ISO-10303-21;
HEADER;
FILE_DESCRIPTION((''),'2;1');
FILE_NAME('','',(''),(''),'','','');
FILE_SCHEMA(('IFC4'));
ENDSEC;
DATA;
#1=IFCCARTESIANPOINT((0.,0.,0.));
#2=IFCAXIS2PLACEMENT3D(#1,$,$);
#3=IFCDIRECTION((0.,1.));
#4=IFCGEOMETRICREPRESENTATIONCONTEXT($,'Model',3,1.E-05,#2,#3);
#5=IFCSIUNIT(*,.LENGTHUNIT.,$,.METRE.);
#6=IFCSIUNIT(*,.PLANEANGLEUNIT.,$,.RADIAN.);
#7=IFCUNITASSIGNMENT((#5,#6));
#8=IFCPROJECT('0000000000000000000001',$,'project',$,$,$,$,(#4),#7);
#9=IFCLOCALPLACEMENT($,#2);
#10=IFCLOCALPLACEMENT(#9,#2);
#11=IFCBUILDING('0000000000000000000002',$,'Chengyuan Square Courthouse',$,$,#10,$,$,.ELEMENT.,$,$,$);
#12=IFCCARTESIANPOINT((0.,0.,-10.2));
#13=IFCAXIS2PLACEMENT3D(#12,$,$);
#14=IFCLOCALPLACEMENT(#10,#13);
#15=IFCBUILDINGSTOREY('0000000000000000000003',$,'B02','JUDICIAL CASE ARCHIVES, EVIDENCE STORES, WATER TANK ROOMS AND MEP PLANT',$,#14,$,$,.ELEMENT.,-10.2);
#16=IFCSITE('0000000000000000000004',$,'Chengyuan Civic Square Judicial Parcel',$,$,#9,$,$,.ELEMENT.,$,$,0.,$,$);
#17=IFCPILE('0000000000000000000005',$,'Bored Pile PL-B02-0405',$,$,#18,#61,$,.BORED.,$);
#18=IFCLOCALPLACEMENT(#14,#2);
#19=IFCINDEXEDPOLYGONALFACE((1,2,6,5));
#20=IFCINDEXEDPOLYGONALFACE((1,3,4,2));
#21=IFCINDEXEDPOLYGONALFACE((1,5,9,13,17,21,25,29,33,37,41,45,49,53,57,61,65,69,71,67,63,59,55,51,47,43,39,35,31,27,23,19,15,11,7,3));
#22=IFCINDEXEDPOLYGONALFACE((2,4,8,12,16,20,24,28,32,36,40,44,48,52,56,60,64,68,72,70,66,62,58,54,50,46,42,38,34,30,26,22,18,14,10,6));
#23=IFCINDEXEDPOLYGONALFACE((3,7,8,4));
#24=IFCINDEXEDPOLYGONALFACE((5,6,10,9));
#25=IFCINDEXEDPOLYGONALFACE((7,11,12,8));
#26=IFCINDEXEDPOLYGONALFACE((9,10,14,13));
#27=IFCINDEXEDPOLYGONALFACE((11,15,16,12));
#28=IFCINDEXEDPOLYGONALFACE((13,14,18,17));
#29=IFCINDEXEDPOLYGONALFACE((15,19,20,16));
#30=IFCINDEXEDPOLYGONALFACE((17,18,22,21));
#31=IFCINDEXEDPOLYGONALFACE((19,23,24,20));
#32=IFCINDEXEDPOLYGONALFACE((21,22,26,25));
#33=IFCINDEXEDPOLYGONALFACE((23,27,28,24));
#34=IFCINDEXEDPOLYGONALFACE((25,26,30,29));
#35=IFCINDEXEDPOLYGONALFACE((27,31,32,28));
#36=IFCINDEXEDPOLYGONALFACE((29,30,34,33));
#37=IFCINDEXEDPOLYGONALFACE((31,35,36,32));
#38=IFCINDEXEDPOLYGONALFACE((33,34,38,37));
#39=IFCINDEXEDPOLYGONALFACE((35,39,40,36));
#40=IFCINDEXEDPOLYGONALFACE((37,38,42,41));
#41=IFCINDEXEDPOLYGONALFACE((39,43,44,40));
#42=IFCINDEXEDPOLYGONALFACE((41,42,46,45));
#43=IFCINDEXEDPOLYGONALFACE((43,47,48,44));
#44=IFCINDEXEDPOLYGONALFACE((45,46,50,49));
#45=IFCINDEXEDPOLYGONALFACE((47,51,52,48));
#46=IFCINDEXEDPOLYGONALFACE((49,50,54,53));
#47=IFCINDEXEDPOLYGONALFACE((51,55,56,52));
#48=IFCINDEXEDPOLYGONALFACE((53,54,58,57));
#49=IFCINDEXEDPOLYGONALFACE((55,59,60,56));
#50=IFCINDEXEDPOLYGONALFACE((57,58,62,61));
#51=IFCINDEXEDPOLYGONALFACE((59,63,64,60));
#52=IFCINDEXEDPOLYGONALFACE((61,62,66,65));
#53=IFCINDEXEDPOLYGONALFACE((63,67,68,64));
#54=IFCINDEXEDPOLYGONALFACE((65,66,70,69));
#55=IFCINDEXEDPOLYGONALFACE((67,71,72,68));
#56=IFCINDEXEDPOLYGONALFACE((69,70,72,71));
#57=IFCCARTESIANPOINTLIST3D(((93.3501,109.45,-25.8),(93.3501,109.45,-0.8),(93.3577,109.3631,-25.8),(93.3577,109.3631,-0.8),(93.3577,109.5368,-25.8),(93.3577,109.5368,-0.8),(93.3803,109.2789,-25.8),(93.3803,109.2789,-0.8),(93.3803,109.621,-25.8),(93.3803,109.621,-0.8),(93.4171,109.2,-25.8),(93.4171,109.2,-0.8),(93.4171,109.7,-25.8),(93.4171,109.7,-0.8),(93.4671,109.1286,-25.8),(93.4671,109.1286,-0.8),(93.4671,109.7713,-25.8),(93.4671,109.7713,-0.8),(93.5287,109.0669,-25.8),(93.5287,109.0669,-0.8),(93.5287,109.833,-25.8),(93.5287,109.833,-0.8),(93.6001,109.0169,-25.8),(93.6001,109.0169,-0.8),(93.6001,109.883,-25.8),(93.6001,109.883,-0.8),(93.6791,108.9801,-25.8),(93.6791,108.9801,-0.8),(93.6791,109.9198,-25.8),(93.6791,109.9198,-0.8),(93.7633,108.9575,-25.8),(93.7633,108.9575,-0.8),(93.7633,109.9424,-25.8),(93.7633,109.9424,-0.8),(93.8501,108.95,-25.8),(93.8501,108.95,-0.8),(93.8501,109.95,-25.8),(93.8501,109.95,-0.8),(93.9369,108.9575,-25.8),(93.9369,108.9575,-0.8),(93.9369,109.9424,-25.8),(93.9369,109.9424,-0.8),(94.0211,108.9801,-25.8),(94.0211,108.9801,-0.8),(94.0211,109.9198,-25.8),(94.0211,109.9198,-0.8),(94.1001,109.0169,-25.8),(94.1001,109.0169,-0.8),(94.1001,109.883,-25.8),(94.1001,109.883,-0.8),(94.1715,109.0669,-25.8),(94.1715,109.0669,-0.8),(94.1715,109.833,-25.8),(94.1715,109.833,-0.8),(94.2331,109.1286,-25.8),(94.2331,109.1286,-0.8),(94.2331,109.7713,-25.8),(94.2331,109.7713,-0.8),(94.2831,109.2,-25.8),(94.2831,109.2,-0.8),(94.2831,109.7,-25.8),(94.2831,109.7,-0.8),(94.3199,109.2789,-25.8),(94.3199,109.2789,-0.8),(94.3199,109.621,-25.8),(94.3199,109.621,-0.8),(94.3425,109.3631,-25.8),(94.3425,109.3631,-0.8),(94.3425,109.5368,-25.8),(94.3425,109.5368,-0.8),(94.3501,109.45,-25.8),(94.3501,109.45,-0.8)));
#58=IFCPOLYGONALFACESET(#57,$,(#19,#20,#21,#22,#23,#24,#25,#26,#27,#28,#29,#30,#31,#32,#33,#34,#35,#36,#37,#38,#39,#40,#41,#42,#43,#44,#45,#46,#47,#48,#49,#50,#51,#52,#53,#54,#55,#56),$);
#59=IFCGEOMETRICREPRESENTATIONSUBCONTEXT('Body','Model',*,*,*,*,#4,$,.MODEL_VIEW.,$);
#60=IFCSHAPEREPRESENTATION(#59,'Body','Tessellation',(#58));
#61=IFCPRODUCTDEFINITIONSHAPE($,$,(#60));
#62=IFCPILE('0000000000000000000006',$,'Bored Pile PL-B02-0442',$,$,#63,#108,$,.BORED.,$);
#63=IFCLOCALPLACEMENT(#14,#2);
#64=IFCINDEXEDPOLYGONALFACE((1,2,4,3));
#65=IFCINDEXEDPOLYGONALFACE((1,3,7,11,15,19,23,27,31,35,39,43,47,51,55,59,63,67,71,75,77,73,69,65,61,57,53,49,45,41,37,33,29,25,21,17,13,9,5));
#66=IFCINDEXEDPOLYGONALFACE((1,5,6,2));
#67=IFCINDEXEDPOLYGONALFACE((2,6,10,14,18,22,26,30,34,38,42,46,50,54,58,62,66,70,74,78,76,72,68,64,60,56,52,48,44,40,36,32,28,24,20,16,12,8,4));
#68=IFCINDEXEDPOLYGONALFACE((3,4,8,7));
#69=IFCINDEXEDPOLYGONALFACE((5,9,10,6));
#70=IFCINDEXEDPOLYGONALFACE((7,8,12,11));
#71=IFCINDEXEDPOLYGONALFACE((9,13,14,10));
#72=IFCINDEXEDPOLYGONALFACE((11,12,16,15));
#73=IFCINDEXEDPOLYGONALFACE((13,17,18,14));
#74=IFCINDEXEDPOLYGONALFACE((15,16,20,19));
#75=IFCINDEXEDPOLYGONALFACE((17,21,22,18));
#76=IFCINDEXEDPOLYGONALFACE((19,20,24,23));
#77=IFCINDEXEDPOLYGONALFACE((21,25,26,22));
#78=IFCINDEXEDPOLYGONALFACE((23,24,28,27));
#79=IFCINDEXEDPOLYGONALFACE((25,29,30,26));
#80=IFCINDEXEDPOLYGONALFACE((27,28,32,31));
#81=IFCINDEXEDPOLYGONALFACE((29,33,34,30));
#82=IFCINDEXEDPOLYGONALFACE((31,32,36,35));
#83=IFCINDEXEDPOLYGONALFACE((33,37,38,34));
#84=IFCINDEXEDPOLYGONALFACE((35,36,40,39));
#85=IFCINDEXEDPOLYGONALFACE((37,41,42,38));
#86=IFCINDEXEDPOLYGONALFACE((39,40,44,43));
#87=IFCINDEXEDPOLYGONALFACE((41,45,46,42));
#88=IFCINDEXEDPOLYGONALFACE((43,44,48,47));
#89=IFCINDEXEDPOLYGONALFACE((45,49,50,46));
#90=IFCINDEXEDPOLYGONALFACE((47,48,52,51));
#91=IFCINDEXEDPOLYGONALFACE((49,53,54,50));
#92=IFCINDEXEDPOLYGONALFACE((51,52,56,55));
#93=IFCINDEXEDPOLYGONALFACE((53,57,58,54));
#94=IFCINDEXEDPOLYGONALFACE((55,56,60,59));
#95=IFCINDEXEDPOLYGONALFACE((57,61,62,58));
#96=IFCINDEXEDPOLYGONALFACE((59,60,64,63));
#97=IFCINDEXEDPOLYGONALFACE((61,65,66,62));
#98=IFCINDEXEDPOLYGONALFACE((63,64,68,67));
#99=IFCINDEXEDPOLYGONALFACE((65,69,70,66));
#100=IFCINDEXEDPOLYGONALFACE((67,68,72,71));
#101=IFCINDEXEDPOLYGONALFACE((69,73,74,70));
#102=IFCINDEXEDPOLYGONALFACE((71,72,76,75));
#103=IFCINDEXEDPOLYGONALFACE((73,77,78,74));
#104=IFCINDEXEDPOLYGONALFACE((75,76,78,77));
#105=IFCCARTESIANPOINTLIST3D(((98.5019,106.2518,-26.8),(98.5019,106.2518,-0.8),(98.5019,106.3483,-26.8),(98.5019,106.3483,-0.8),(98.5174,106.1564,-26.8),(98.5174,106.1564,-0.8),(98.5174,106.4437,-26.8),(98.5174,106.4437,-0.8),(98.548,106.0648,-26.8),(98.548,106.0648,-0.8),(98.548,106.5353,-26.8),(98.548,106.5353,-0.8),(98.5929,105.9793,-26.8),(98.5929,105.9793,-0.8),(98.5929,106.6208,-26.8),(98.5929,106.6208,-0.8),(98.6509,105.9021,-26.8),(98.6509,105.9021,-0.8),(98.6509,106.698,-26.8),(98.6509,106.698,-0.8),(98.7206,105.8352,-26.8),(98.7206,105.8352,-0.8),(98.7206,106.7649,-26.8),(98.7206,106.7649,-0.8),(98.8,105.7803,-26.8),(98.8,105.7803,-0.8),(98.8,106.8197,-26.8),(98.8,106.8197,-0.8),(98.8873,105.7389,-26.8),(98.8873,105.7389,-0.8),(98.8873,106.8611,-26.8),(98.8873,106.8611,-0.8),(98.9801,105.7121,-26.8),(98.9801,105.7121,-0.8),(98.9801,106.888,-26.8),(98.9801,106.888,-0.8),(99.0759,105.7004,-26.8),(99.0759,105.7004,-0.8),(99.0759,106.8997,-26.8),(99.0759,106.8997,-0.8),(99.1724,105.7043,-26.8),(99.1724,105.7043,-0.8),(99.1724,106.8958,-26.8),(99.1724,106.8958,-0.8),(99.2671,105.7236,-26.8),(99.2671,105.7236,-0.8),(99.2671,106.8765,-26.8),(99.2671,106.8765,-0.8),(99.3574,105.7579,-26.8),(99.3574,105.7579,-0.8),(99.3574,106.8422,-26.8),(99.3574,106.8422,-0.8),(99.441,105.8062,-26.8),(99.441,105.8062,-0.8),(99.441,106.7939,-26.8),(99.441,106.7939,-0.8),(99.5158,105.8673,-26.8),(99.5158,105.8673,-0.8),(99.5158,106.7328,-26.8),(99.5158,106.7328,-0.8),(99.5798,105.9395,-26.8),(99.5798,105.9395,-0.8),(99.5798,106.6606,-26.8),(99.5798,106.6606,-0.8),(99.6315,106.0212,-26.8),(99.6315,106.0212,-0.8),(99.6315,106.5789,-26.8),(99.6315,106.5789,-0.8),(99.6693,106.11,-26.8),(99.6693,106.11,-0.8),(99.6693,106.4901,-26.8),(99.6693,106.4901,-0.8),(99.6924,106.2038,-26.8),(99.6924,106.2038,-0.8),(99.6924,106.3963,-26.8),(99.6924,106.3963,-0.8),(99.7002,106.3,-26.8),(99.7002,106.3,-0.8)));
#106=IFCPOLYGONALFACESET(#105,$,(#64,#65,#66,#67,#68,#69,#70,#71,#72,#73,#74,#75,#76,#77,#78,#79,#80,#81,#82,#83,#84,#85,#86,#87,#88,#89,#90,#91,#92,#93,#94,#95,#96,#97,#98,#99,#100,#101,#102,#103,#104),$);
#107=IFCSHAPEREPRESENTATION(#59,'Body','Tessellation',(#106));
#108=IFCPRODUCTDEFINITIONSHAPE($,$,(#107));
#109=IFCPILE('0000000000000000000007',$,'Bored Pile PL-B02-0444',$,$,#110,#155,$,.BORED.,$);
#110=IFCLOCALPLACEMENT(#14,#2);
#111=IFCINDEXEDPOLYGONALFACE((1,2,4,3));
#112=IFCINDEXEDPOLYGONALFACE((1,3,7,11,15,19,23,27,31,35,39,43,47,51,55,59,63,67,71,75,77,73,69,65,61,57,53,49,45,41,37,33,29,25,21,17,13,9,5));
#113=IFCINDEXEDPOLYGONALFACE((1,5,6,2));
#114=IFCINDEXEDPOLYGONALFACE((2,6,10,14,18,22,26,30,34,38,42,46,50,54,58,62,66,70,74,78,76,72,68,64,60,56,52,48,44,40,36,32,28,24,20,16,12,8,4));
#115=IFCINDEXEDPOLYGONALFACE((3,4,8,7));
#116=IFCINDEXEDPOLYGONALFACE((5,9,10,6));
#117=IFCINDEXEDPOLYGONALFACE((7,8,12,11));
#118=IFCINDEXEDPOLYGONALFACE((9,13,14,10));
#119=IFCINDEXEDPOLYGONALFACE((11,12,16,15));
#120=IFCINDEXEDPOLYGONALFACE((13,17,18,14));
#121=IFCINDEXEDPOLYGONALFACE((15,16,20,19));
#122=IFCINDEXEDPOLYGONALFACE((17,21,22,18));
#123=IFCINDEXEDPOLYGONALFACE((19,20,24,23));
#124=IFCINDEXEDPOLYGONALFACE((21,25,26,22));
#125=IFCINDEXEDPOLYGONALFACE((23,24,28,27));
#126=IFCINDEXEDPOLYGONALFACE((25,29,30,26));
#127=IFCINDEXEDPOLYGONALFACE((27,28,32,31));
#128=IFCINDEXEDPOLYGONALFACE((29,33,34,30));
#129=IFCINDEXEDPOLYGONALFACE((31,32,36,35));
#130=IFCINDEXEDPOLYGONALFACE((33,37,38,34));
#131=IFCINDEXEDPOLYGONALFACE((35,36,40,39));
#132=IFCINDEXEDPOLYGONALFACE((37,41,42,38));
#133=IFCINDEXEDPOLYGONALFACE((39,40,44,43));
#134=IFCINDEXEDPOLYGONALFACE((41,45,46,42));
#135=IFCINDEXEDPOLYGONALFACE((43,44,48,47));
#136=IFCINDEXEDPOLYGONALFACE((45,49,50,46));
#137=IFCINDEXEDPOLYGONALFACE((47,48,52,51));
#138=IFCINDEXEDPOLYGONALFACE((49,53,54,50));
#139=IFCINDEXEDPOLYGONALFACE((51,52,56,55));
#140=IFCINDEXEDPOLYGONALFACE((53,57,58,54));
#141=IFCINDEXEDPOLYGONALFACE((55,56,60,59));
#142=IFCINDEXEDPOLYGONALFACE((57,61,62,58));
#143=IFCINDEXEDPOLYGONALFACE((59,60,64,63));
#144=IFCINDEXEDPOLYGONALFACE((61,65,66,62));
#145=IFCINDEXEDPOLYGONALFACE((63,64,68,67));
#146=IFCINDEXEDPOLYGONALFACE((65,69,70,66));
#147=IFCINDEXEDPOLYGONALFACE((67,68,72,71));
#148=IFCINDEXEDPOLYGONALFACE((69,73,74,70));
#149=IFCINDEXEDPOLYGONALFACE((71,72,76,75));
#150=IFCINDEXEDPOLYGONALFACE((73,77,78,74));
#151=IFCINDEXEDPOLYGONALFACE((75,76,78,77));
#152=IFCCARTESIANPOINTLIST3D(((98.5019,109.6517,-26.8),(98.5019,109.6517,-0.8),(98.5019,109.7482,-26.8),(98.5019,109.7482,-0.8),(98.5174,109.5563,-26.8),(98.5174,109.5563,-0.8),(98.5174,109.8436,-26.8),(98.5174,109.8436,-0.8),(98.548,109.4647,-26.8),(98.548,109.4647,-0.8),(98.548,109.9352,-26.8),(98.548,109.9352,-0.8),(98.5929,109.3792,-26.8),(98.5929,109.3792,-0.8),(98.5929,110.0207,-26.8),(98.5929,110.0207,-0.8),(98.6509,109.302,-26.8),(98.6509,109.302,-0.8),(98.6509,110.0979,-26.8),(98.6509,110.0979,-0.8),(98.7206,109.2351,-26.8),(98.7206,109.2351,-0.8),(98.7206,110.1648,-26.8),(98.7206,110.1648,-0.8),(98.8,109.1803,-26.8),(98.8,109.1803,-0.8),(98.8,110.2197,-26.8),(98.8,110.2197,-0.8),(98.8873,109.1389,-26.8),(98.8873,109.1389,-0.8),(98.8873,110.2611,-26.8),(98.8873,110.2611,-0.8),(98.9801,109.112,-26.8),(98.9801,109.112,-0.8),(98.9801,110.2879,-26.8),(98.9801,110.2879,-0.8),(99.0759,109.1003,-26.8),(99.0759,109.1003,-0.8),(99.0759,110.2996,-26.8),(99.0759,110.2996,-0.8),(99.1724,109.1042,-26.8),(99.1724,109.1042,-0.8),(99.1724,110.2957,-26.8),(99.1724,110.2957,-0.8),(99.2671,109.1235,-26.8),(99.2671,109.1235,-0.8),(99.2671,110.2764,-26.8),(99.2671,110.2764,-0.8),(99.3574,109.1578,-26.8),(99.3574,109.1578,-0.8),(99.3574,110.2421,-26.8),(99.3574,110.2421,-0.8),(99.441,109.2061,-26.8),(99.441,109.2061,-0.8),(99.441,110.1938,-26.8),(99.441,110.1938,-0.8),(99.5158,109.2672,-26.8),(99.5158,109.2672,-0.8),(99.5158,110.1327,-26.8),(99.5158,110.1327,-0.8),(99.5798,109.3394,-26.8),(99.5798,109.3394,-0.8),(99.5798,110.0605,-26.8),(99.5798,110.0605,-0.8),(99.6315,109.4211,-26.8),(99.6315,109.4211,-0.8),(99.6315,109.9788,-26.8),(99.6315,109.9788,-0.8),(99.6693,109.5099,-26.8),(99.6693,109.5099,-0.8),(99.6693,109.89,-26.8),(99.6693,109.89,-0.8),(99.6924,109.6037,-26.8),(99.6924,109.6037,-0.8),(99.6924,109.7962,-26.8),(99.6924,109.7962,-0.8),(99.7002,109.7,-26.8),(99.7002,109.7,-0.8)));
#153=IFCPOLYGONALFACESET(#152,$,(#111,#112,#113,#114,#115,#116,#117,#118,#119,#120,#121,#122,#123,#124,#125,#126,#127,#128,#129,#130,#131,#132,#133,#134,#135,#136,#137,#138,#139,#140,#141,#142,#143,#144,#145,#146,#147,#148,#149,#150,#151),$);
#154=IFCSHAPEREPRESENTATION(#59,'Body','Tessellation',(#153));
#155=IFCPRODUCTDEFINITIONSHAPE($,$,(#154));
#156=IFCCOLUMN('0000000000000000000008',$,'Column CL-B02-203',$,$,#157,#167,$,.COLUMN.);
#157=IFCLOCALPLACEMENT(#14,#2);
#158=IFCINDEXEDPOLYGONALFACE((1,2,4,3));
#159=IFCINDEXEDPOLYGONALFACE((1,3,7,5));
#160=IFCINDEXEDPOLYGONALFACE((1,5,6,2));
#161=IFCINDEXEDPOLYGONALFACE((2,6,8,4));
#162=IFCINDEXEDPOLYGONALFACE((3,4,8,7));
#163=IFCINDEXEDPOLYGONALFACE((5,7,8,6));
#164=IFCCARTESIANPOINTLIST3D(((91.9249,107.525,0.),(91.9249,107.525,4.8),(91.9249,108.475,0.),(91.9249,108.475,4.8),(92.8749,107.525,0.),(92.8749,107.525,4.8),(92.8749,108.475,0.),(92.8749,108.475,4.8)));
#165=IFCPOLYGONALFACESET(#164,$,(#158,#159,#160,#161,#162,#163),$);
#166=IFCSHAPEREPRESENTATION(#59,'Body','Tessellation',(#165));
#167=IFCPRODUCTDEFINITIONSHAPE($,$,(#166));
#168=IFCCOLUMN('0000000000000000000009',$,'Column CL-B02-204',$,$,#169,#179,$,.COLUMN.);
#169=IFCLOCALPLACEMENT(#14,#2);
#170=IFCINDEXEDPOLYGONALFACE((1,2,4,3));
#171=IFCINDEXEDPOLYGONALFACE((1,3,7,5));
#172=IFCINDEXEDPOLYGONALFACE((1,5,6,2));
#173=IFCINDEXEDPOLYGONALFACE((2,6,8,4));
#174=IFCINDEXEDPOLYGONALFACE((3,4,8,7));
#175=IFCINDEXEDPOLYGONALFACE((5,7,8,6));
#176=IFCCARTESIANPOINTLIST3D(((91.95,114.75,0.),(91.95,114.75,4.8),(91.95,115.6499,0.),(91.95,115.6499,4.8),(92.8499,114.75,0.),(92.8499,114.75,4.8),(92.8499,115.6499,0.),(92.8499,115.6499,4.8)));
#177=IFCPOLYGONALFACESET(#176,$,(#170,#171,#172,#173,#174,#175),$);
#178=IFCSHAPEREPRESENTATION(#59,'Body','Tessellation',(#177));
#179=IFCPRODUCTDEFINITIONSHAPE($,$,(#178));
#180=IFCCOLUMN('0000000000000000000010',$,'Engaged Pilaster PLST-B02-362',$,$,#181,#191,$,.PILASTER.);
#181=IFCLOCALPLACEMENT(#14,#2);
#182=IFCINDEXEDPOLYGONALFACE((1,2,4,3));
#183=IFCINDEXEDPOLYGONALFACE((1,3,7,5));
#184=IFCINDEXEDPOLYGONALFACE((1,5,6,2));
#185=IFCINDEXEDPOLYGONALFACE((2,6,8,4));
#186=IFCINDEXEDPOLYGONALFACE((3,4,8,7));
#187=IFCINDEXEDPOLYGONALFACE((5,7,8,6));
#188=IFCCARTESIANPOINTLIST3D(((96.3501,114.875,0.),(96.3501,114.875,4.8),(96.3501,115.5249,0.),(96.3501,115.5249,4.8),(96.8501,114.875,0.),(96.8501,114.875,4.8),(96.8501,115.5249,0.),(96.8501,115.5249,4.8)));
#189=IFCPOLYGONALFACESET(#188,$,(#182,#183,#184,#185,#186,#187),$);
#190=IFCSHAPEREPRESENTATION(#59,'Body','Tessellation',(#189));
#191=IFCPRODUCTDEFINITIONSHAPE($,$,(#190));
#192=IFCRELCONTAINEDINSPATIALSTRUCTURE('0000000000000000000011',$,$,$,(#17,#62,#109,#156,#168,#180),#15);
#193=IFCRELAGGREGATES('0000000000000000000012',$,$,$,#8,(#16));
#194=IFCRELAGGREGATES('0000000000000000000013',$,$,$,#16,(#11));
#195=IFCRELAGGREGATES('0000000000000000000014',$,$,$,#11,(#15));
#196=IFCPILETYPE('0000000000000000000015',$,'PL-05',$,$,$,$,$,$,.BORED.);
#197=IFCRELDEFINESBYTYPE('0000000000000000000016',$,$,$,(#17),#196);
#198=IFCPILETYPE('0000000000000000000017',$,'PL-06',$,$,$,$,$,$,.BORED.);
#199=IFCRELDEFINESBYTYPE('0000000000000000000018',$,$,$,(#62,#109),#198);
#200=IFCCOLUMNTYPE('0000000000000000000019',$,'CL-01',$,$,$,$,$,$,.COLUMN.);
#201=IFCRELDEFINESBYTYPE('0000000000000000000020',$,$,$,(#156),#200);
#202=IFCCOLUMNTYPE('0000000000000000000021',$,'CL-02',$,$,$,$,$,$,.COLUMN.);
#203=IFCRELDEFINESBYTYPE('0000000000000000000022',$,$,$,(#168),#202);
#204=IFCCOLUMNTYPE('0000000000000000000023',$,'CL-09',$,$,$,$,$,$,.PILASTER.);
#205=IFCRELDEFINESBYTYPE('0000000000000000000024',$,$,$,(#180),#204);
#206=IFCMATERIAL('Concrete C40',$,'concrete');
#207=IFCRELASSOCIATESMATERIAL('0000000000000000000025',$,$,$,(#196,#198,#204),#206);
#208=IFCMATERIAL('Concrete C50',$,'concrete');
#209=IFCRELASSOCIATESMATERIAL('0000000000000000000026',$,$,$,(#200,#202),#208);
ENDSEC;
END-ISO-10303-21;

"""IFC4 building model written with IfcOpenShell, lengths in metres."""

from ifc_helpers import new_model, si_unit, direction, frame, origin, origin_2d, place, context, subcontext, project, spatial, rectangle, circle, extrude, material, material_profile, profile_set, type_object, element, save


model = new_model("IFC4")

# Units and contexts
model_context = context("Model", 3, precision=1e-05, world=origin(), true_north=direction((0.0, 1.0)))
body_context = subcontext(model_context, "Body", "Model", "MODEL_VIEW")
ifc_project = project(units=[si_unit("LENGTHUNIT", "METRE"), si_unit("PLANEANGLEUNIT", "RADIAN")], contexts=[model_context])

# Site, building, storey
site_placement = place(None, origin())
site = spatial("IfcSite", under=ifc_project, at=site_placement, Name="Chengyuan Civic Square Judicial Parcel", CompositionType="ELEMENT", RefElevation=0.0)
building_placement = place(site_placement, origin())
building = spatial("IfcBuilding", under=site, at=building_placement, Name="Chengyuan Square Courthouse", CompositionType="ELEMENT")
storey_placement = place(building_placement, frame((0.0, 0.0, -10.2)))
storey = spatial("IfcBuildingStorey", under=building, at=storey_placement, Name="B02", Description="JUDICIAL CASE ARCHIVES, EVIDENCE STORES, WATER TANK ROOMS AND MEP PLANT", CompositionType="ELEMENT", Elevation=-10.2)

# Shared definitions
ifc_material_1 = material(Name="Concrete C40", Category="concrete")

# Piles
ifc_material_profile_1 = material_profile(ifc_material_1, circle(Radius=0.5, at=origin_2d()), Name="BORED PILE D1000")
ifc_profile_set_1 = profile_set([ifc_material_profile_1], Name="Concrete C40")
pile_type_1 = type_object("IfcPileType", Name="PL-05", PredefinedType="BORED", material=ifc_profile_set_1)
for number, where, z_axis, x_axis, name in (
    (1, (93.8501, 109.45, -0.8), (0.0, 0.0, -1.0), (1.0, 0.0, 0.0), "Bored Pile PL-B02-0405"),
):
    element("IfcPile", number, at=place(storey_placement, frame(where, z_axis=z_axis, x_axis=x_axis)), inside=storey, type_object=pile_type_1, Name=name, PredefinedType="BORED", context=body_context, shape_type="SweptSolid", body=[
        extrude(circle(Radius=0.5, at=origin_2d()), origin(), (0.0, 0.0, 1.0), 25.0),
    ])
ifc_material_profile_2 = material_profile(ifc_material_1, circle(Radius=0.6001, at=origin_2d()), Name="BORED PILE D1200")
ifc_profile_set_2 = profile_set([ifc_material_profile_2], Name="Concrete C40")
pile_type_2 = type_object("IfcPileType", Name="PL-06", PredefinedType="BORED", material=ifc_profile_set_2)
for number, where, z_axis, x_axis, name in (
    (2, (99.1001, 106.3, -0.8), (0.0, 0.0, -1.0), (1.0, 0.0, 0.0), "Bored Pile PL-B02-0442"),
    (3, (99.1001, 109.7, -0.8), (0.0, 0.0, -1.0), (1.0, 0.0, 0.0), "Bored Pile PL-B02-0444"),
):
    element("IfcPile", number, at=place(storey_placement, frame(where, z_axis=z_axis, x_axis=x_axis)), inside=storey, type_object=pile_type_2, Name=name, PredefinedType="BORED", context=body_context, shape_type="SweptSolid", body=[
        extrude(circle(Radius=0.6001, at=origin_2d()), origin(), (0.0, 0.0, 1.0), 26.0),
    ])

# Columns
ifc_material_2 = material(Name="Concrete C50", Category="concrete")
ifc_material_profile_3 = material_profile(ifc_material_2, rectangle(XDim=0.95, YDim=0.95, at=origin_2d()), Name="RC-COL-950x950")
ifc_profile_set_3 = profile_set([ifc_material_profile_3], Name="Concrete C50")
column_type_1 = type_object("IfcColumnType", Name="CL-01", PredefinedType="COLUMN", material=ifc_profile_set_3)
column_1_placement = place(storey_placement, frame((92.3999, 108.0, 0.0), z_axis=(0.0, 0.0, 1.0), x_axis=(1.0, 0.0, 0.0)))
element("IfcColumn", 4, at=column_1_placement, inside=storey, type_object=column_type_1, Name="Column CL-B02-203", PredefinedType="COLUMN", context=body_context, shape_type="SweptSolid", body=[
    extrude(rectangle(XDim=0.95, YDim=0.95, at=origin_2d()), origin(), (0.0, 0.0, 1.0), 4.8),
])
ifc_material_profile_4 = material_profile(ifc_material_2, rectangle(XDim=0.8999, YDim=0.8999, at=origin_2d()), Name="RC-COL-900x900")
ifc_profile_set_4 = profile_set([ifc_material_profile_4], Name="Concrete C50")
column_type_2 = type_object("IfcColumnType", Name="CL-02", PredefinedType="COLUMN", material=ifc_profile_set_4)
column_2_placement = place(storey_placement, frame((92.3999, 115.2, 0.0), z_axis=(0.0, 0.0, 1.0), x_axis=(1.0, 0.0, 0.0)))
element("IfcColumn", 5, at=column_2_placement, inside=storey, type_object=column_type_2, Name="Column CL-B02-204", PredefinedType="COLUMN", context=body_context, shape_type="SweptSolid", body=[
    extrude(rectangle(XDim=0.8999, YDim=0.8999, at=origin_2d()), origin(), (0.0, 0.0, 1.0), 4.8),
])
ifc_material_profile_5 = material_profile(ifc_material_1, rectangle(XDim=0.5, YDim=0.6499, at=origin_2d()), Name="RC-PIL-500x650")
ifc_profile_set_5 = profile_set([ifc_material_profile_5], Name="Concrete C40")
column_type_3 = type_object("IfcColumnType", Name="CL-09", PredefinedType="PILASTER", material=ifc_profile_set_5)
column_3_placement = place(storey_placement, frame((96.6001, 115.2, 0.0), z_axis=(0.0, 0.0, 1.0), x_axis=(1.0, 0.0, 0.0)))
element("IfcColumn", 6, at=column_3_placement, inside=storey, type_object=column_type_3, Name="Engaged Pilaster PLST-B02-362", PredefinedType="PILASTER", context=body_context, shape_type="SweptSolid", body=[
    extrude(rectangle(XDim=0.5, YDim=0.6499, at=origin_2d()), origin(), (0.0, 0.0, 1.0), 4.8),
])

save(model, "model.ifc")
